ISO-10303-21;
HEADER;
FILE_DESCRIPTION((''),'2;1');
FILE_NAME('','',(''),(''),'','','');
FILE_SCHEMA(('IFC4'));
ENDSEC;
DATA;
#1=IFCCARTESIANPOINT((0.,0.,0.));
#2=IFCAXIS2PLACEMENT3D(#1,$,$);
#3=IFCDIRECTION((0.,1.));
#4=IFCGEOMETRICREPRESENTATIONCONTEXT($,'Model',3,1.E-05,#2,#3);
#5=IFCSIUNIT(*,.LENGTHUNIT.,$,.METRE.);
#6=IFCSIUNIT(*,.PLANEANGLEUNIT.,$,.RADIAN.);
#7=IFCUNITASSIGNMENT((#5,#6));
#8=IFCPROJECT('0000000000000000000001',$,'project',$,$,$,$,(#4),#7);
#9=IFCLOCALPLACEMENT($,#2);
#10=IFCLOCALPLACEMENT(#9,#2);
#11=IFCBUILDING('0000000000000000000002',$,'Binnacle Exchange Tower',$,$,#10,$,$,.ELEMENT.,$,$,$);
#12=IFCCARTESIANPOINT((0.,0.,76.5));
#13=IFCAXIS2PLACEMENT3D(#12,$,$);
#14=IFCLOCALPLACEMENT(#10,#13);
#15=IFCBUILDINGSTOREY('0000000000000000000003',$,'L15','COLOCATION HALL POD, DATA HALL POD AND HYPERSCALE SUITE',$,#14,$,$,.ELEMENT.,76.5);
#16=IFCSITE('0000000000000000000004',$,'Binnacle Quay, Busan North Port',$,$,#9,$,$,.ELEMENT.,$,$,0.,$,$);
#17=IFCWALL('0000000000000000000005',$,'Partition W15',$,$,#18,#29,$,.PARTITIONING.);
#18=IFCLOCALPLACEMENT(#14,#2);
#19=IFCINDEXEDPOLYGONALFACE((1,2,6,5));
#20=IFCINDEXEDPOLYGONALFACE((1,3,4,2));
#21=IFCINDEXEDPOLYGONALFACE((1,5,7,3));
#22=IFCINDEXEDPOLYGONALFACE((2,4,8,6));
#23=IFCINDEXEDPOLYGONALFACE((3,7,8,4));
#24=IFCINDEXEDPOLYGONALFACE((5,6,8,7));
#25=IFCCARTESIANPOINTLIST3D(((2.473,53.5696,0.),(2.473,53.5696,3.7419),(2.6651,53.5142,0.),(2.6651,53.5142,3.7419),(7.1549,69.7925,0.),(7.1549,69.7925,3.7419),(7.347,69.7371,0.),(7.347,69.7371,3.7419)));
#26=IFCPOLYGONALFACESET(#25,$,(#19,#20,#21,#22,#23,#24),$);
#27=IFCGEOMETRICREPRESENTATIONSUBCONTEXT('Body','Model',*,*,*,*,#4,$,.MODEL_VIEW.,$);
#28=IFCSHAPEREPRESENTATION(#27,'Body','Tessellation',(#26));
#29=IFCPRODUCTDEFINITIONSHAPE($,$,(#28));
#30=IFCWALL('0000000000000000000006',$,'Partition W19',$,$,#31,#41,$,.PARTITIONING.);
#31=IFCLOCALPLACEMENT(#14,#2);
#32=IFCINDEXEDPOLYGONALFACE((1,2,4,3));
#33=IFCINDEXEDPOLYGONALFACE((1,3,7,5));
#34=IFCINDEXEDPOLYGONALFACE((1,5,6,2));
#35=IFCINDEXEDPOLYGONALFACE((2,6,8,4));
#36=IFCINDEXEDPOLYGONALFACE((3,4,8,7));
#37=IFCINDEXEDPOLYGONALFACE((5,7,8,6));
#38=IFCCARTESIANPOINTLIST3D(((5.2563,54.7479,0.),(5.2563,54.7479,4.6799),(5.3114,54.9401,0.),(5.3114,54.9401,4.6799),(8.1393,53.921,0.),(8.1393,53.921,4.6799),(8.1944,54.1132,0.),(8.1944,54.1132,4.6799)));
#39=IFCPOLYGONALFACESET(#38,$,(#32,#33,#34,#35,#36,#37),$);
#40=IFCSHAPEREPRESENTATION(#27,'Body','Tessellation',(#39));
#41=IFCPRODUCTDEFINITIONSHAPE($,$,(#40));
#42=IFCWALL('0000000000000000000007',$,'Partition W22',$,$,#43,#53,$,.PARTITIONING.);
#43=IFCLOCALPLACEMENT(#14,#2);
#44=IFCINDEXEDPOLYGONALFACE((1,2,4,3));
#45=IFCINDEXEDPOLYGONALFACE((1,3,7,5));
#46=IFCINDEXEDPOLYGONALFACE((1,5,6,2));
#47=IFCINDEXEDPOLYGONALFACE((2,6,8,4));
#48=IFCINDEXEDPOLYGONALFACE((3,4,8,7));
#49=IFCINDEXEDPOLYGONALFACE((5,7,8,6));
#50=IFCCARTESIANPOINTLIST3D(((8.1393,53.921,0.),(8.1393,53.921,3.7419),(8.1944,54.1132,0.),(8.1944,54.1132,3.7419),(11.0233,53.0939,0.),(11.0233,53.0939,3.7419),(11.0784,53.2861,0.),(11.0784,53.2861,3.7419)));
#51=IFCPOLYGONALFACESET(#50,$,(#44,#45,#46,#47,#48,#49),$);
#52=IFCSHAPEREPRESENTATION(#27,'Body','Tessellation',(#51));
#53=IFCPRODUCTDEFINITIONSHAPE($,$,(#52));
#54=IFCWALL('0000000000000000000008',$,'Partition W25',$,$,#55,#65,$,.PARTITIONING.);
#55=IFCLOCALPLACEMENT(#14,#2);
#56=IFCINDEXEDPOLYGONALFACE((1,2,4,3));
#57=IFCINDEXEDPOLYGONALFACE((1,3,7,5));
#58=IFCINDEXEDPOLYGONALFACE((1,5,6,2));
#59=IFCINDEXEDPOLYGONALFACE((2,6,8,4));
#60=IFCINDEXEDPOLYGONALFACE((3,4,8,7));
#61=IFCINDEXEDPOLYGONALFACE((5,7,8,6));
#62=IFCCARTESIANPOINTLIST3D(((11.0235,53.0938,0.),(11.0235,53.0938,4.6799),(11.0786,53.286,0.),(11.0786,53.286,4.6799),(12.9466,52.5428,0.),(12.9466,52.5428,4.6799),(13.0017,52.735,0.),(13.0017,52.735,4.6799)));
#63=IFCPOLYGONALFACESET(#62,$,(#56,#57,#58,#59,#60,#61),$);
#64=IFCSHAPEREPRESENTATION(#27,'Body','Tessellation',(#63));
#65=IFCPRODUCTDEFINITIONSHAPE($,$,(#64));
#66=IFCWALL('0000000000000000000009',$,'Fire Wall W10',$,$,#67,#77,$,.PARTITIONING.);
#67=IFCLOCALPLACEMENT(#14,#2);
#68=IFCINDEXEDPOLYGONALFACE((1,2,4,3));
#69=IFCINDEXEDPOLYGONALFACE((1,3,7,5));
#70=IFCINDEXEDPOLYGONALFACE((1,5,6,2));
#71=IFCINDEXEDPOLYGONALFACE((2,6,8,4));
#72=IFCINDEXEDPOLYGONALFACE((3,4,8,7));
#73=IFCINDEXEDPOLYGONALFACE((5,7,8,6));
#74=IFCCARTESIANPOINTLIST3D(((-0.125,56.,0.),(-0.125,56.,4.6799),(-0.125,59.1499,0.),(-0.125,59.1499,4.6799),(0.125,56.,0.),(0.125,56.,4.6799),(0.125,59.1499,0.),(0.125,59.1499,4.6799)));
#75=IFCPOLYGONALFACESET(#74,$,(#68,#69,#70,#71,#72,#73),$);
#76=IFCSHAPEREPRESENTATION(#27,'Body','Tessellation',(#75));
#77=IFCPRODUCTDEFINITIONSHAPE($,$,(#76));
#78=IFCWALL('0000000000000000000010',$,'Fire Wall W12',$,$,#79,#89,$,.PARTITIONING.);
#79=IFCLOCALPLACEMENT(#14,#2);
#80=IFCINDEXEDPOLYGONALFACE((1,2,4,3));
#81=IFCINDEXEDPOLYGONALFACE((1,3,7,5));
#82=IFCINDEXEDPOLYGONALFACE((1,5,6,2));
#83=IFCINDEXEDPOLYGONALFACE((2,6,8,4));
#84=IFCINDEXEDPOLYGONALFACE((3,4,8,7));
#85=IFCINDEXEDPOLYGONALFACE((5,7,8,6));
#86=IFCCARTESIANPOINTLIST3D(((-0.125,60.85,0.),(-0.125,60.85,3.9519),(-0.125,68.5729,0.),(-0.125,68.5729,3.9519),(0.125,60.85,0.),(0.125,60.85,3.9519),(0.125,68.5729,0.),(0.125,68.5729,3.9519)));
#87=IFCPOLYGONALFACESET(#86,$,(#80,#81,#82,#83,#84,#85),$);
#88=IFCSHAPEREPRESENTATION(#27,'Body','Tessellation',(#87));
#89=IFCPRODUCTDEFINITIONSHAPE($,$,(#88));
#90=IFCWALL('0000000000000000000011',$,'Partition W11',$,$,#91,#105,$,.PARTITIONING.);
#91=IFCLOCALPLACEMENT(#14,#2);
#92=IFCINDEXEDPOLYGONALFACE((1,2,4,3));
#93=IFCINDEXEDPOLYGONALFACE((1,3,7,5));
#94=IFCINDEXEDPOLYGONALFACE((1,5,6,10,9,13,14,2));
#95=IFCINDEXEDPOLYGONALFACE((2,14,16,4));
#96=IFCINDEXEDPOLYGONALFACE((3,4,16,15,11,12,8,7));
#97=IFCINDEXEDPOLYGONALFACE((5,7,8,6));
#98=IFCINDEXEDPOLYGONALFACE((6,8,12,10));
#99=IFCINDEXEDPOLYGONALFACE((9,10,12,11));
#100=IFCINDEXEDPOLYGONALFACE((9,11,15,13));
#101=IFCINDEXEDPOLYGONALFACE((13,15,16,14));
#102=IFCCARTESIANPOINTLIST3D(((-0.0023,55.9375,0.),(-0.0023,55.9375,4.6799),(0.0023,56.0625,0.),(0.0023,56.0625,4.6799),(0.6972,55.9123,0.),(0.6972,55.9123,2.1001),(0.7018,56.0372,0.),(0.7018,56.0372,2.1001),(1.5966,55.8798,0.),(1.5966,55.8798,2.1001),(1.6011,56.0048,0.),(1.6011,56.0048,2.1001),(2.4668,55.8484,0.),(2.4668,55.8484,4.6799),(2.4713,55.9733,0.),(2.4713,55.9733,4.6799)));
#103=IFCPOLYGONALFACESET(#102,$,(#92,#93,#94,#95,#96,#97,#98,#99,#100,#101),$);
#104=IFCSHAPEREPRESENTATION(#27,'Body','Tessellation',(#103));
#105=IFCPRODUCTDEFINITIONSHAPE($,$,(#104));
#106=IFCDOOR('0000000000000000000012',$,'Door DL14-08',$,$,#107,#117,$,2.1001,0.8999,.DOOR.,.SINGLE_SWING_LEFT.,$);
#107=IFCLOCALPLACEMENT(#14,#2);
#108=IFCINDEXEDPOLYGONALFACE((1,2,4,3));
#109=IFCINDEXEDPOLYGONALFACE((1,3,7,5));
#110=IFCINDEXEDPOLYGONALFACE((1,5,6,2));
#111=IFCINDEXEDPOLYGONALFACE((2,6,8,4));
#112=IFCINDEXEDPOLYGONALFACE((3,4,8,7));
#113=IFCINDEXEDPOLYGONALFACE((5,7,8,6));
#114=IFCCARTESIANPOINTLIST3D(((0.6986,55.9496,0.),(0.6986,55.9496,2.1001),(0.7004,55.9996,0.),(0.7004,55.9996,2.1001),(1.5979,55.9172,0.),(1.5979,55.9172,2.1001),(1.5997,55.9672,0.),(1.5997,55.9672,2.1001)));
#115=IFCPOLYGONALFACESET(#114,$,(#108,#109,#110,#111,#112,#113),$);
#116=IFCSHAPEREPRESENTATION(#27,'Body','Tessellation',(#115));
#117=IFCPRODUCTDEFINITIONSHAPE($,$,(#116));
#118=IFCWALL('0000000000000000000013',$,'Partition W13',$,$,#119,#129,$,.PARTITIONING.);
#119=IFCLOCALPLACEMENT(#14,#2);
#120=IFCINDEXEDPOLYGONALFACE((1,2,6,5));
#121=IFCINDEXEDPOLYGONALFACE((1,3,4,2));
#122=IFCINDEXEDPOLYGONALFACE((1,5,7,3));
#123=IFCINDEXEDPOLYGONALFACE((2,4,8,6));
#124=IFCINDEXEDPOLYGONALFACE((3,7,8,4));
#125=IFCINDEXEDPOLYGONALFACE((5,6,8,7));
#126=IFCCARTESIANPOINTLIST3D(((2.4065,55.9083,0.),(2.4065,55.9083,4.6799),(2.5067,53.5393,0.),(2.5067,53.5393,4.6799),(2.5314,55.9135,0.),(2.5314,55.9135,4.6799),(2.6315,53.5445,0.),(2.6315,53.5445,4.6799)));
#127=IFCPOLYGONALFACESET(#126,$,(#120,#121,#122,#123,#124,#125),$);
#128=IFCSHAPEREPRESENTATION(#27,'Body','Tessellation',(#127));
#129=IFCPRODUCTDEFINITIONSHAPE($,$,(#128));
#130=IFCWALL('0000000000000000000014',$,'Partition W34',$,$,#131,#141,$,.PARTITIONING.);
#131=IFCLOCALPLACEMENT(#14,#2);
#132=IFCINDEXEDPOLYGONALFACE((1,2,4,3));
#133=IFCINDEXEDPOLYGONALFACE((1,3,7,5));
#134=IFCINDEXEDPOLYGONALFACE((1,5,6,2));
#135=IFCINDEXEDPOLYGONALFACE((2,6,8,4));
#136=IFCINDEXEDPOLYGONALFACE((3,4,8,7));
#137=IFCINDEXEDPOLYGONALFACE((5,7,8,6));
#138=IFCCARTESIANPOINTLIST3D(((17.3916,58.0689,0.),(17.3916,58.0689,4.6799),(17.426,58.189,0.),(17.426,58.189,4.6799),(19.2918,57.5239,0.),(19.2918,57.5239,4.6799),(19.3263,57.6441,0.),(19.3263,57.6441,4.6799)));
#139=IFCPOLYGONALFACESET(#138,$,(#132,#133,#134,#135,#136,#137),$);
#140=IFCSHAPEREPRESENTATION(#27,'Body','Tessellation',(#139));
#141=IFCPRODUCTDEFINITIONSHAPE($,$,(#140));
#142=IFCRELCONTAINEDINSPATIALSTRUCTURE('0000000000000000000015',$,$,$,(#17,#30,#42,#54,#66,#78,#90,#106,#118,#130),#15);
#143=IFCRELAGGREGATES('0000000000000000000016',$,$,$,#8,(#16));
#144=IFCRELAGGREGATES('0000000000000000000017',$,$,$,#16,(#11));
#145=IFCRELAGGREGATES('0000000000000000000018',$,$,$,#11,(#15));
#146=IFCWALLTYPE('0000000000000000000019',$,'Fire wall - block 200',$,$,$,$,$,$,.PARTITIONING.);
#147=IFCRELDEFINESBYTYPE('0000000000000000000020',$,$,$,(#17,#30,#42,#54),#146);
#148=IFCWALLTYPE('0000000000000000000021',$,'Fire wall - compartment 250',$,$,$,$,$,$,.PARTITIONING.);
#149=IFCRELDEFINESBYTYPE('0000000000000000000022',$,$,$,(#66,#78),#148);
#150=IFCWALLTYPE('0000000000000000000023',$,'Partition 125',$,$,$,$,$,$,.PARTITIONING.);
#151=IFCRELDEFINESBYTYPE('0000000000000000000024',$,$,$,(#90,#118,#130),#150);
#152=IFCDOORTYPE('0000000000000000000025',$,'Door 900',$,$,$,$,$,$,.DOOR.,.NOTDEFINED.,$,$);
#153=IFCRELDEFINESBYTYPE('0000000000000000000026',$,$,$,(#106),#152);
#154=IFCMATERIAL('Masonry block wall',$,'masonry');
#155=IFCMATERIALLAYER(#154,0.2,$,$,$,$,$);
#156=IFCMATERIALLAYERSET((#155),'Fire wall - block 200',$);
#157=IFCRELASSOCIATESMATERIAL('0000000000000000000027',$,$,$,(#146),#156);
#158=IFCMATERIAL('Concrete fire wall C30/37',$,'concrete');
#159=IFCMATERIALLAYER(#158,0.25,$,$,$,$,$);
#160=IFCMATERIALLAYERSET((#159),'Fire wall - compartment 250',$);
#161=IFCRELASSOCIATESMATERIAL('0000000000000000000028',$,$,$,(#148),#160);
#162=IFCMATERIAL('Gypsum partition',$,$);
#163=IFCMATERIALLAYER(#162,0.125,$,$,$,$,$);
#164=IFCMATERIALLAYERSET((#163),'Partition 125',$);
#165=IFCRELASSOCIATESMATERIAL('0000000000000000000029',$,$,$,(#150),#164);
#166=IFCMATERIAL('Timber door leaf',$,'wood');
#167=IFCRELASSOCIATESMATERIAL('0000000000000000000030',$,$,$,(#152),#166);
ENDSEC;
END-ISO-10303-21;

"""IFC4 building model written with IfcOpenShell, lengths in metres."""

from ifc_helpers import new_model, si_unit, direction, frame, frame_2d, origin, place, context, subcontext, project, spatial, rectangle, extrude, material, layer, layer_set, type_object, element, fill, save


model = new_model("IFC4")

# Units and contexts
model_context = context("Model", 3, precision=1e-05, world=origin(), true_north=direction((0.0, 1.0)))
body_context = subcontext(model_context, "Body", "Model", "MODEL_VIEW")
ifc_project = project(units=[si_unit("LENGTHUNIT", "METRE"), si_unit("PLANEANGLEUNIT", "RADIAN")], contexts=[model_context])

# Site, building, storey
site_placement = place(None, origin())
site = spatial("IfcSite", under=ifc_project, at=site_placement, Name="Binnacle Quay, Busan North Port", CompositionType="ELEMENT", RefElevation=0.0)
building_placement = place(site_placement, origin())
building = spatial("IfcBuilding", under=site, at=building_placement, Name="Binnacle Exchange Tower", CompositionType="ELEMENT")
storey_placement = place(building_placement, frame((0.0, 0.0, 76.5)))
storey = spatial("IfcBuildingStorey", under=building, at=storey_placement, Name="L15", Description="COLOCATION HALL POD, DATA HALL POD AND HYPERSCALE SUITE", CompositionType="ELEMENT", Elevation=76.5)

# Shared definitions
ifc_material_1 = material(Name="Masonry block wall", Category="masonry")
ifc_layer_1 = layer(ifc_material_1, 0.2)
ifc_layer_set_1 = layer_set([ifc_layer_1], Name="Fire wall - block 200")
wall_type_1 = type_object("IfcWallType", Name="Fire wall - block 200", PredefinedType="PARTITIONING", material=ifc_layer_set_1)

# Walls
wall_1_placement = place(storey_placement, frame((2.5691, 53.542, 0.0), z_axis=(0.0, 0.0, 1.0), x_axis=(0.277281, 0.960789, 0.0)))
element("IfcWall", 1, at=wall_1_placement, inside=storey, type_object=wall_type_1, Name="Partition W15", PredefinedType="PARTITIONING", context=body_context, shape_type="SweptSolid", body=[
    extrude(rectangle(XDim=16.885, YDim=0.2, at=frame_2d((8.4424, 0.0))), origin(), (0.0, 0.0, 1.0), 3.7419),
])
wall_2_placement = place(storey_placement, frame((5.2839, 54.844, 0.0), z_axis=(0.0, 0.0, 1.0), x_axis=(0.961244, -0.275699, 0.0)))
element("IfcWall", 2, at=wall_2_placement, inside=storey, type_object=wall_type_1, Name="Partition W19", PredefinedType="PARTITIONING", context=body_context, shape_type="SweptSolid", body=[
    extrude(rectangle(XDim=2.9993, YDim=0.2, at=frame_2d((1.4995, 0.0))), origin(), (0.0, 0.0, 1.0), 4.6799),
])
wall_3_placement = place(storey_placement, frame((8.167, 54.0171, 0.0), z_axis=(0.0, 0.0, 1.0), x_axis=(0.961247, -0.275688, 0.0)))
element("IfcWall", 3, at=wall_3_placement, inside=storey, type_object=wall_type_1, Name="Partition W22", PredefinedType="PARTITIONING", context=body_context, shape_type="SweptSolid", body=[
    extrude(rectangle(XDim=3.0002, YDim=0.2, at=frame_2d((1.5, 0.0))), origin(), (0.0, 0.0, 1.0), 3.7419),
])
wall_4_placement = place(storey_placement, frame((11.051, 53.1899, 0.0), z_axis=(0.0, 0.0, 1.0), x_axis=(0.961316, -0.275446, 0.0)))
element("IfcWall", 4, at=wall_4_placement, inside=storey, type_object=wall_type_1, Name="Partition W25", PredefinedType="PARTITIONING", context=body_context, shape_type="SweptSolid", body=[
    extrude(rectangle(XDim=2.0005, YDim=0.2, at=frame_2d((1.0002, 0.0))), origin(), (0.0, 0.0, 1.0), 4.6799),
])
ifc_material_2 = material(Name="Concrete fire wall C30/37", Category="concrete")
ifc_layer_2 = layer(ifc_material_2, 0.25)
ifc_layer_set_2 = layer_set([ifc_layer_2], Name="Fire wall - compartment 250")
wall_type_2 = type_object("IfcWallType", Name="Fire wall - compartment 250", PredefinedType="PARTITIONING", material=ifc_layer_set_2)
wall_5_placement = place(storey_placement, frame((0.0, 56.0, 0.0), z_axis=(0.0, 0.0, 1.0), x_axis=(0.0, 1.0, 0.0)))
element("IfcWall", 5, at=wall_5_placement, inside=storey, type_object=wall_type_2, Name="Fire Wall W10", PredefinedType="PARTITIONING", context=body_context, shape_type="SweptSolid", body=[
    extrude(rectangle(XDim=3.1499, YDim=0.25, at=frame_2d((1.575, 0.0))), origin(), (0.0, 0.0, 1.0), 4.6799),
])
wall_6_placement = place(storey_placement, frame((0.0, 60.8501, 0.0), z_axis=(0.0, 0.0, 1.0), x_axis=(0.0, 1.0, 0.0)))
element("IfcWall", 6, at=wall_6_placement, inside=storey, type_object=wall_type_2, Name="Fire Wall W12", PredefinedType="PARTITIONING", context=body_context, shape_type="SweptSolid", body=[
    extrude(rectangle(XDim=7.7229, YDim=0.25, at=frame_2d((3.8613, 0.0))), origin(), (0.0, 0.0, 1.0), 3.9519),
])

# Wall, opening, door
ifc_material_3 = material(Name="Gypsum partition")
ifc_layer_3 = layer(ifc_material_3, 0.125)
ifc_layer_set_3 = layer_set([ifc_layer_3], Name="Partition 125")
wall_type_3 = type_object("IfcWallType", Name="Partition 125", PredefinedType="PARTITIONING", material=ifc_layer_set_3)
wall_7_placement = place(storey_placement, frame((0.0, 56.0, 0.0), z_axis=(0.0, 0.0, 1.0), x_axis=(0.999349, -0.036069, 0.0)))
wall_7 = element("IfcWall", 7, at=wall_7_placement, inside=storey, type_object=wall_type_3, Name="Partition W11", PredefinedType="PARTITIONING", context=body_context, shape_type="SweptSolid", body=[
    extrude(rectangle(XDim=2.4707, YDim=0.125, at=frame_2d((1.2354, 0.0))), origin(), (0.0, 0.0, 1.0), 4.6799),
])
opening_1_placement = place(wall_7_placement, frame((0.7, 0.0, 0.0)))
opening_1 = element("IfcOpeningElement", 8, at=opening_1_placement, cuts=wall_7, PredefinedType="OPENING", context=body_context, shape_type="SweptSolid", body=[
    extrude(rectangle(XDim=0.8999, YDim=2.1001, at=frame_2d((0.45, 1.05))), frame((0.0, 0.0725, 0.0), z_axis=(0.0, -1.0, 0.0), x_axis=(1.0, 0.0, 0.0)), (0.0, 0.0, 1.0), 0.145),
])
ifc_material_4 = material(Name="Timber door leaf", Category="wood")
door_type_1 = type_object("IfcDoorType", Name="Door 900", OperationType="NOTDEFINED", PredefinedType="DOOR", material=ifc_material_4)
door_1_placement = place(opening_1_placement, origin())
door_1 = element("IfcDoor", 9, at=door_1_placement, inside=storey, type_object=door_type_1, Name="Door DL14-08", OperationType="SINGLE_SWING_LEFT", OverallHeight=2.1001, OverallWidth=0.8999, PredefinedType="DOOR", context=body_context, shape_type="SweptSolid", body=[
    extrude(rectangle(XDim=0.8999, YDim=2.1001, at=frame_2d((0.45, 1.05))), frame((0.0, 0.0249, 0.0), z_axis=(0.0, -1.0, 0.0), x_axis=(1.0, 0.0, 0.0)), (0.0, 0.0, 1.0), 0.05),
])
fill(opening_1, door_1)

# Walls
wall_8_placement = place(storey_placement, frame((2.469, 55.9109, 0.0), z_axis=(0.0, 0.0, 1.0), x_axis=(0.042217, -0.999108, 0.0)))
element("IfcWall", 10, at=wall_8_placement, inside=storey, type_object=wall_type_3, Name="Partition W13", PredefinedType="PARTITIONING", context=body_context, shape_type="SweptSolid", body=[
    extrude(rectangle(XDim=2.3711, YDim=0.125, at=frame_2d((1.1855, 0.0))), origin(), (0.0, 0.0, 1.0), 4.6799),
])
wall_9_placement = place(storey_placement, frame((17.4089, 58.1289, 0.0), z_axis=(0.0, 0.0, 1.0), x_axis=(0.961253, -0.275667, 0.0)))
element("IfcWall", 11, at=wall_9_placement, inside=storey, type_object=wall_type_3, Name="Partition W34", PredefinedType="PARTITIONING", context=body_context, shape_type="SweptSolid", body=[
    extrude(rectangle(XDim=1.9768, YDim=0.125, at=frame_2d((0.9883, 0.0))), origin(), (0.0, 0.0, 1.0), 4.6799),
])

save(model, "model.ifc")
